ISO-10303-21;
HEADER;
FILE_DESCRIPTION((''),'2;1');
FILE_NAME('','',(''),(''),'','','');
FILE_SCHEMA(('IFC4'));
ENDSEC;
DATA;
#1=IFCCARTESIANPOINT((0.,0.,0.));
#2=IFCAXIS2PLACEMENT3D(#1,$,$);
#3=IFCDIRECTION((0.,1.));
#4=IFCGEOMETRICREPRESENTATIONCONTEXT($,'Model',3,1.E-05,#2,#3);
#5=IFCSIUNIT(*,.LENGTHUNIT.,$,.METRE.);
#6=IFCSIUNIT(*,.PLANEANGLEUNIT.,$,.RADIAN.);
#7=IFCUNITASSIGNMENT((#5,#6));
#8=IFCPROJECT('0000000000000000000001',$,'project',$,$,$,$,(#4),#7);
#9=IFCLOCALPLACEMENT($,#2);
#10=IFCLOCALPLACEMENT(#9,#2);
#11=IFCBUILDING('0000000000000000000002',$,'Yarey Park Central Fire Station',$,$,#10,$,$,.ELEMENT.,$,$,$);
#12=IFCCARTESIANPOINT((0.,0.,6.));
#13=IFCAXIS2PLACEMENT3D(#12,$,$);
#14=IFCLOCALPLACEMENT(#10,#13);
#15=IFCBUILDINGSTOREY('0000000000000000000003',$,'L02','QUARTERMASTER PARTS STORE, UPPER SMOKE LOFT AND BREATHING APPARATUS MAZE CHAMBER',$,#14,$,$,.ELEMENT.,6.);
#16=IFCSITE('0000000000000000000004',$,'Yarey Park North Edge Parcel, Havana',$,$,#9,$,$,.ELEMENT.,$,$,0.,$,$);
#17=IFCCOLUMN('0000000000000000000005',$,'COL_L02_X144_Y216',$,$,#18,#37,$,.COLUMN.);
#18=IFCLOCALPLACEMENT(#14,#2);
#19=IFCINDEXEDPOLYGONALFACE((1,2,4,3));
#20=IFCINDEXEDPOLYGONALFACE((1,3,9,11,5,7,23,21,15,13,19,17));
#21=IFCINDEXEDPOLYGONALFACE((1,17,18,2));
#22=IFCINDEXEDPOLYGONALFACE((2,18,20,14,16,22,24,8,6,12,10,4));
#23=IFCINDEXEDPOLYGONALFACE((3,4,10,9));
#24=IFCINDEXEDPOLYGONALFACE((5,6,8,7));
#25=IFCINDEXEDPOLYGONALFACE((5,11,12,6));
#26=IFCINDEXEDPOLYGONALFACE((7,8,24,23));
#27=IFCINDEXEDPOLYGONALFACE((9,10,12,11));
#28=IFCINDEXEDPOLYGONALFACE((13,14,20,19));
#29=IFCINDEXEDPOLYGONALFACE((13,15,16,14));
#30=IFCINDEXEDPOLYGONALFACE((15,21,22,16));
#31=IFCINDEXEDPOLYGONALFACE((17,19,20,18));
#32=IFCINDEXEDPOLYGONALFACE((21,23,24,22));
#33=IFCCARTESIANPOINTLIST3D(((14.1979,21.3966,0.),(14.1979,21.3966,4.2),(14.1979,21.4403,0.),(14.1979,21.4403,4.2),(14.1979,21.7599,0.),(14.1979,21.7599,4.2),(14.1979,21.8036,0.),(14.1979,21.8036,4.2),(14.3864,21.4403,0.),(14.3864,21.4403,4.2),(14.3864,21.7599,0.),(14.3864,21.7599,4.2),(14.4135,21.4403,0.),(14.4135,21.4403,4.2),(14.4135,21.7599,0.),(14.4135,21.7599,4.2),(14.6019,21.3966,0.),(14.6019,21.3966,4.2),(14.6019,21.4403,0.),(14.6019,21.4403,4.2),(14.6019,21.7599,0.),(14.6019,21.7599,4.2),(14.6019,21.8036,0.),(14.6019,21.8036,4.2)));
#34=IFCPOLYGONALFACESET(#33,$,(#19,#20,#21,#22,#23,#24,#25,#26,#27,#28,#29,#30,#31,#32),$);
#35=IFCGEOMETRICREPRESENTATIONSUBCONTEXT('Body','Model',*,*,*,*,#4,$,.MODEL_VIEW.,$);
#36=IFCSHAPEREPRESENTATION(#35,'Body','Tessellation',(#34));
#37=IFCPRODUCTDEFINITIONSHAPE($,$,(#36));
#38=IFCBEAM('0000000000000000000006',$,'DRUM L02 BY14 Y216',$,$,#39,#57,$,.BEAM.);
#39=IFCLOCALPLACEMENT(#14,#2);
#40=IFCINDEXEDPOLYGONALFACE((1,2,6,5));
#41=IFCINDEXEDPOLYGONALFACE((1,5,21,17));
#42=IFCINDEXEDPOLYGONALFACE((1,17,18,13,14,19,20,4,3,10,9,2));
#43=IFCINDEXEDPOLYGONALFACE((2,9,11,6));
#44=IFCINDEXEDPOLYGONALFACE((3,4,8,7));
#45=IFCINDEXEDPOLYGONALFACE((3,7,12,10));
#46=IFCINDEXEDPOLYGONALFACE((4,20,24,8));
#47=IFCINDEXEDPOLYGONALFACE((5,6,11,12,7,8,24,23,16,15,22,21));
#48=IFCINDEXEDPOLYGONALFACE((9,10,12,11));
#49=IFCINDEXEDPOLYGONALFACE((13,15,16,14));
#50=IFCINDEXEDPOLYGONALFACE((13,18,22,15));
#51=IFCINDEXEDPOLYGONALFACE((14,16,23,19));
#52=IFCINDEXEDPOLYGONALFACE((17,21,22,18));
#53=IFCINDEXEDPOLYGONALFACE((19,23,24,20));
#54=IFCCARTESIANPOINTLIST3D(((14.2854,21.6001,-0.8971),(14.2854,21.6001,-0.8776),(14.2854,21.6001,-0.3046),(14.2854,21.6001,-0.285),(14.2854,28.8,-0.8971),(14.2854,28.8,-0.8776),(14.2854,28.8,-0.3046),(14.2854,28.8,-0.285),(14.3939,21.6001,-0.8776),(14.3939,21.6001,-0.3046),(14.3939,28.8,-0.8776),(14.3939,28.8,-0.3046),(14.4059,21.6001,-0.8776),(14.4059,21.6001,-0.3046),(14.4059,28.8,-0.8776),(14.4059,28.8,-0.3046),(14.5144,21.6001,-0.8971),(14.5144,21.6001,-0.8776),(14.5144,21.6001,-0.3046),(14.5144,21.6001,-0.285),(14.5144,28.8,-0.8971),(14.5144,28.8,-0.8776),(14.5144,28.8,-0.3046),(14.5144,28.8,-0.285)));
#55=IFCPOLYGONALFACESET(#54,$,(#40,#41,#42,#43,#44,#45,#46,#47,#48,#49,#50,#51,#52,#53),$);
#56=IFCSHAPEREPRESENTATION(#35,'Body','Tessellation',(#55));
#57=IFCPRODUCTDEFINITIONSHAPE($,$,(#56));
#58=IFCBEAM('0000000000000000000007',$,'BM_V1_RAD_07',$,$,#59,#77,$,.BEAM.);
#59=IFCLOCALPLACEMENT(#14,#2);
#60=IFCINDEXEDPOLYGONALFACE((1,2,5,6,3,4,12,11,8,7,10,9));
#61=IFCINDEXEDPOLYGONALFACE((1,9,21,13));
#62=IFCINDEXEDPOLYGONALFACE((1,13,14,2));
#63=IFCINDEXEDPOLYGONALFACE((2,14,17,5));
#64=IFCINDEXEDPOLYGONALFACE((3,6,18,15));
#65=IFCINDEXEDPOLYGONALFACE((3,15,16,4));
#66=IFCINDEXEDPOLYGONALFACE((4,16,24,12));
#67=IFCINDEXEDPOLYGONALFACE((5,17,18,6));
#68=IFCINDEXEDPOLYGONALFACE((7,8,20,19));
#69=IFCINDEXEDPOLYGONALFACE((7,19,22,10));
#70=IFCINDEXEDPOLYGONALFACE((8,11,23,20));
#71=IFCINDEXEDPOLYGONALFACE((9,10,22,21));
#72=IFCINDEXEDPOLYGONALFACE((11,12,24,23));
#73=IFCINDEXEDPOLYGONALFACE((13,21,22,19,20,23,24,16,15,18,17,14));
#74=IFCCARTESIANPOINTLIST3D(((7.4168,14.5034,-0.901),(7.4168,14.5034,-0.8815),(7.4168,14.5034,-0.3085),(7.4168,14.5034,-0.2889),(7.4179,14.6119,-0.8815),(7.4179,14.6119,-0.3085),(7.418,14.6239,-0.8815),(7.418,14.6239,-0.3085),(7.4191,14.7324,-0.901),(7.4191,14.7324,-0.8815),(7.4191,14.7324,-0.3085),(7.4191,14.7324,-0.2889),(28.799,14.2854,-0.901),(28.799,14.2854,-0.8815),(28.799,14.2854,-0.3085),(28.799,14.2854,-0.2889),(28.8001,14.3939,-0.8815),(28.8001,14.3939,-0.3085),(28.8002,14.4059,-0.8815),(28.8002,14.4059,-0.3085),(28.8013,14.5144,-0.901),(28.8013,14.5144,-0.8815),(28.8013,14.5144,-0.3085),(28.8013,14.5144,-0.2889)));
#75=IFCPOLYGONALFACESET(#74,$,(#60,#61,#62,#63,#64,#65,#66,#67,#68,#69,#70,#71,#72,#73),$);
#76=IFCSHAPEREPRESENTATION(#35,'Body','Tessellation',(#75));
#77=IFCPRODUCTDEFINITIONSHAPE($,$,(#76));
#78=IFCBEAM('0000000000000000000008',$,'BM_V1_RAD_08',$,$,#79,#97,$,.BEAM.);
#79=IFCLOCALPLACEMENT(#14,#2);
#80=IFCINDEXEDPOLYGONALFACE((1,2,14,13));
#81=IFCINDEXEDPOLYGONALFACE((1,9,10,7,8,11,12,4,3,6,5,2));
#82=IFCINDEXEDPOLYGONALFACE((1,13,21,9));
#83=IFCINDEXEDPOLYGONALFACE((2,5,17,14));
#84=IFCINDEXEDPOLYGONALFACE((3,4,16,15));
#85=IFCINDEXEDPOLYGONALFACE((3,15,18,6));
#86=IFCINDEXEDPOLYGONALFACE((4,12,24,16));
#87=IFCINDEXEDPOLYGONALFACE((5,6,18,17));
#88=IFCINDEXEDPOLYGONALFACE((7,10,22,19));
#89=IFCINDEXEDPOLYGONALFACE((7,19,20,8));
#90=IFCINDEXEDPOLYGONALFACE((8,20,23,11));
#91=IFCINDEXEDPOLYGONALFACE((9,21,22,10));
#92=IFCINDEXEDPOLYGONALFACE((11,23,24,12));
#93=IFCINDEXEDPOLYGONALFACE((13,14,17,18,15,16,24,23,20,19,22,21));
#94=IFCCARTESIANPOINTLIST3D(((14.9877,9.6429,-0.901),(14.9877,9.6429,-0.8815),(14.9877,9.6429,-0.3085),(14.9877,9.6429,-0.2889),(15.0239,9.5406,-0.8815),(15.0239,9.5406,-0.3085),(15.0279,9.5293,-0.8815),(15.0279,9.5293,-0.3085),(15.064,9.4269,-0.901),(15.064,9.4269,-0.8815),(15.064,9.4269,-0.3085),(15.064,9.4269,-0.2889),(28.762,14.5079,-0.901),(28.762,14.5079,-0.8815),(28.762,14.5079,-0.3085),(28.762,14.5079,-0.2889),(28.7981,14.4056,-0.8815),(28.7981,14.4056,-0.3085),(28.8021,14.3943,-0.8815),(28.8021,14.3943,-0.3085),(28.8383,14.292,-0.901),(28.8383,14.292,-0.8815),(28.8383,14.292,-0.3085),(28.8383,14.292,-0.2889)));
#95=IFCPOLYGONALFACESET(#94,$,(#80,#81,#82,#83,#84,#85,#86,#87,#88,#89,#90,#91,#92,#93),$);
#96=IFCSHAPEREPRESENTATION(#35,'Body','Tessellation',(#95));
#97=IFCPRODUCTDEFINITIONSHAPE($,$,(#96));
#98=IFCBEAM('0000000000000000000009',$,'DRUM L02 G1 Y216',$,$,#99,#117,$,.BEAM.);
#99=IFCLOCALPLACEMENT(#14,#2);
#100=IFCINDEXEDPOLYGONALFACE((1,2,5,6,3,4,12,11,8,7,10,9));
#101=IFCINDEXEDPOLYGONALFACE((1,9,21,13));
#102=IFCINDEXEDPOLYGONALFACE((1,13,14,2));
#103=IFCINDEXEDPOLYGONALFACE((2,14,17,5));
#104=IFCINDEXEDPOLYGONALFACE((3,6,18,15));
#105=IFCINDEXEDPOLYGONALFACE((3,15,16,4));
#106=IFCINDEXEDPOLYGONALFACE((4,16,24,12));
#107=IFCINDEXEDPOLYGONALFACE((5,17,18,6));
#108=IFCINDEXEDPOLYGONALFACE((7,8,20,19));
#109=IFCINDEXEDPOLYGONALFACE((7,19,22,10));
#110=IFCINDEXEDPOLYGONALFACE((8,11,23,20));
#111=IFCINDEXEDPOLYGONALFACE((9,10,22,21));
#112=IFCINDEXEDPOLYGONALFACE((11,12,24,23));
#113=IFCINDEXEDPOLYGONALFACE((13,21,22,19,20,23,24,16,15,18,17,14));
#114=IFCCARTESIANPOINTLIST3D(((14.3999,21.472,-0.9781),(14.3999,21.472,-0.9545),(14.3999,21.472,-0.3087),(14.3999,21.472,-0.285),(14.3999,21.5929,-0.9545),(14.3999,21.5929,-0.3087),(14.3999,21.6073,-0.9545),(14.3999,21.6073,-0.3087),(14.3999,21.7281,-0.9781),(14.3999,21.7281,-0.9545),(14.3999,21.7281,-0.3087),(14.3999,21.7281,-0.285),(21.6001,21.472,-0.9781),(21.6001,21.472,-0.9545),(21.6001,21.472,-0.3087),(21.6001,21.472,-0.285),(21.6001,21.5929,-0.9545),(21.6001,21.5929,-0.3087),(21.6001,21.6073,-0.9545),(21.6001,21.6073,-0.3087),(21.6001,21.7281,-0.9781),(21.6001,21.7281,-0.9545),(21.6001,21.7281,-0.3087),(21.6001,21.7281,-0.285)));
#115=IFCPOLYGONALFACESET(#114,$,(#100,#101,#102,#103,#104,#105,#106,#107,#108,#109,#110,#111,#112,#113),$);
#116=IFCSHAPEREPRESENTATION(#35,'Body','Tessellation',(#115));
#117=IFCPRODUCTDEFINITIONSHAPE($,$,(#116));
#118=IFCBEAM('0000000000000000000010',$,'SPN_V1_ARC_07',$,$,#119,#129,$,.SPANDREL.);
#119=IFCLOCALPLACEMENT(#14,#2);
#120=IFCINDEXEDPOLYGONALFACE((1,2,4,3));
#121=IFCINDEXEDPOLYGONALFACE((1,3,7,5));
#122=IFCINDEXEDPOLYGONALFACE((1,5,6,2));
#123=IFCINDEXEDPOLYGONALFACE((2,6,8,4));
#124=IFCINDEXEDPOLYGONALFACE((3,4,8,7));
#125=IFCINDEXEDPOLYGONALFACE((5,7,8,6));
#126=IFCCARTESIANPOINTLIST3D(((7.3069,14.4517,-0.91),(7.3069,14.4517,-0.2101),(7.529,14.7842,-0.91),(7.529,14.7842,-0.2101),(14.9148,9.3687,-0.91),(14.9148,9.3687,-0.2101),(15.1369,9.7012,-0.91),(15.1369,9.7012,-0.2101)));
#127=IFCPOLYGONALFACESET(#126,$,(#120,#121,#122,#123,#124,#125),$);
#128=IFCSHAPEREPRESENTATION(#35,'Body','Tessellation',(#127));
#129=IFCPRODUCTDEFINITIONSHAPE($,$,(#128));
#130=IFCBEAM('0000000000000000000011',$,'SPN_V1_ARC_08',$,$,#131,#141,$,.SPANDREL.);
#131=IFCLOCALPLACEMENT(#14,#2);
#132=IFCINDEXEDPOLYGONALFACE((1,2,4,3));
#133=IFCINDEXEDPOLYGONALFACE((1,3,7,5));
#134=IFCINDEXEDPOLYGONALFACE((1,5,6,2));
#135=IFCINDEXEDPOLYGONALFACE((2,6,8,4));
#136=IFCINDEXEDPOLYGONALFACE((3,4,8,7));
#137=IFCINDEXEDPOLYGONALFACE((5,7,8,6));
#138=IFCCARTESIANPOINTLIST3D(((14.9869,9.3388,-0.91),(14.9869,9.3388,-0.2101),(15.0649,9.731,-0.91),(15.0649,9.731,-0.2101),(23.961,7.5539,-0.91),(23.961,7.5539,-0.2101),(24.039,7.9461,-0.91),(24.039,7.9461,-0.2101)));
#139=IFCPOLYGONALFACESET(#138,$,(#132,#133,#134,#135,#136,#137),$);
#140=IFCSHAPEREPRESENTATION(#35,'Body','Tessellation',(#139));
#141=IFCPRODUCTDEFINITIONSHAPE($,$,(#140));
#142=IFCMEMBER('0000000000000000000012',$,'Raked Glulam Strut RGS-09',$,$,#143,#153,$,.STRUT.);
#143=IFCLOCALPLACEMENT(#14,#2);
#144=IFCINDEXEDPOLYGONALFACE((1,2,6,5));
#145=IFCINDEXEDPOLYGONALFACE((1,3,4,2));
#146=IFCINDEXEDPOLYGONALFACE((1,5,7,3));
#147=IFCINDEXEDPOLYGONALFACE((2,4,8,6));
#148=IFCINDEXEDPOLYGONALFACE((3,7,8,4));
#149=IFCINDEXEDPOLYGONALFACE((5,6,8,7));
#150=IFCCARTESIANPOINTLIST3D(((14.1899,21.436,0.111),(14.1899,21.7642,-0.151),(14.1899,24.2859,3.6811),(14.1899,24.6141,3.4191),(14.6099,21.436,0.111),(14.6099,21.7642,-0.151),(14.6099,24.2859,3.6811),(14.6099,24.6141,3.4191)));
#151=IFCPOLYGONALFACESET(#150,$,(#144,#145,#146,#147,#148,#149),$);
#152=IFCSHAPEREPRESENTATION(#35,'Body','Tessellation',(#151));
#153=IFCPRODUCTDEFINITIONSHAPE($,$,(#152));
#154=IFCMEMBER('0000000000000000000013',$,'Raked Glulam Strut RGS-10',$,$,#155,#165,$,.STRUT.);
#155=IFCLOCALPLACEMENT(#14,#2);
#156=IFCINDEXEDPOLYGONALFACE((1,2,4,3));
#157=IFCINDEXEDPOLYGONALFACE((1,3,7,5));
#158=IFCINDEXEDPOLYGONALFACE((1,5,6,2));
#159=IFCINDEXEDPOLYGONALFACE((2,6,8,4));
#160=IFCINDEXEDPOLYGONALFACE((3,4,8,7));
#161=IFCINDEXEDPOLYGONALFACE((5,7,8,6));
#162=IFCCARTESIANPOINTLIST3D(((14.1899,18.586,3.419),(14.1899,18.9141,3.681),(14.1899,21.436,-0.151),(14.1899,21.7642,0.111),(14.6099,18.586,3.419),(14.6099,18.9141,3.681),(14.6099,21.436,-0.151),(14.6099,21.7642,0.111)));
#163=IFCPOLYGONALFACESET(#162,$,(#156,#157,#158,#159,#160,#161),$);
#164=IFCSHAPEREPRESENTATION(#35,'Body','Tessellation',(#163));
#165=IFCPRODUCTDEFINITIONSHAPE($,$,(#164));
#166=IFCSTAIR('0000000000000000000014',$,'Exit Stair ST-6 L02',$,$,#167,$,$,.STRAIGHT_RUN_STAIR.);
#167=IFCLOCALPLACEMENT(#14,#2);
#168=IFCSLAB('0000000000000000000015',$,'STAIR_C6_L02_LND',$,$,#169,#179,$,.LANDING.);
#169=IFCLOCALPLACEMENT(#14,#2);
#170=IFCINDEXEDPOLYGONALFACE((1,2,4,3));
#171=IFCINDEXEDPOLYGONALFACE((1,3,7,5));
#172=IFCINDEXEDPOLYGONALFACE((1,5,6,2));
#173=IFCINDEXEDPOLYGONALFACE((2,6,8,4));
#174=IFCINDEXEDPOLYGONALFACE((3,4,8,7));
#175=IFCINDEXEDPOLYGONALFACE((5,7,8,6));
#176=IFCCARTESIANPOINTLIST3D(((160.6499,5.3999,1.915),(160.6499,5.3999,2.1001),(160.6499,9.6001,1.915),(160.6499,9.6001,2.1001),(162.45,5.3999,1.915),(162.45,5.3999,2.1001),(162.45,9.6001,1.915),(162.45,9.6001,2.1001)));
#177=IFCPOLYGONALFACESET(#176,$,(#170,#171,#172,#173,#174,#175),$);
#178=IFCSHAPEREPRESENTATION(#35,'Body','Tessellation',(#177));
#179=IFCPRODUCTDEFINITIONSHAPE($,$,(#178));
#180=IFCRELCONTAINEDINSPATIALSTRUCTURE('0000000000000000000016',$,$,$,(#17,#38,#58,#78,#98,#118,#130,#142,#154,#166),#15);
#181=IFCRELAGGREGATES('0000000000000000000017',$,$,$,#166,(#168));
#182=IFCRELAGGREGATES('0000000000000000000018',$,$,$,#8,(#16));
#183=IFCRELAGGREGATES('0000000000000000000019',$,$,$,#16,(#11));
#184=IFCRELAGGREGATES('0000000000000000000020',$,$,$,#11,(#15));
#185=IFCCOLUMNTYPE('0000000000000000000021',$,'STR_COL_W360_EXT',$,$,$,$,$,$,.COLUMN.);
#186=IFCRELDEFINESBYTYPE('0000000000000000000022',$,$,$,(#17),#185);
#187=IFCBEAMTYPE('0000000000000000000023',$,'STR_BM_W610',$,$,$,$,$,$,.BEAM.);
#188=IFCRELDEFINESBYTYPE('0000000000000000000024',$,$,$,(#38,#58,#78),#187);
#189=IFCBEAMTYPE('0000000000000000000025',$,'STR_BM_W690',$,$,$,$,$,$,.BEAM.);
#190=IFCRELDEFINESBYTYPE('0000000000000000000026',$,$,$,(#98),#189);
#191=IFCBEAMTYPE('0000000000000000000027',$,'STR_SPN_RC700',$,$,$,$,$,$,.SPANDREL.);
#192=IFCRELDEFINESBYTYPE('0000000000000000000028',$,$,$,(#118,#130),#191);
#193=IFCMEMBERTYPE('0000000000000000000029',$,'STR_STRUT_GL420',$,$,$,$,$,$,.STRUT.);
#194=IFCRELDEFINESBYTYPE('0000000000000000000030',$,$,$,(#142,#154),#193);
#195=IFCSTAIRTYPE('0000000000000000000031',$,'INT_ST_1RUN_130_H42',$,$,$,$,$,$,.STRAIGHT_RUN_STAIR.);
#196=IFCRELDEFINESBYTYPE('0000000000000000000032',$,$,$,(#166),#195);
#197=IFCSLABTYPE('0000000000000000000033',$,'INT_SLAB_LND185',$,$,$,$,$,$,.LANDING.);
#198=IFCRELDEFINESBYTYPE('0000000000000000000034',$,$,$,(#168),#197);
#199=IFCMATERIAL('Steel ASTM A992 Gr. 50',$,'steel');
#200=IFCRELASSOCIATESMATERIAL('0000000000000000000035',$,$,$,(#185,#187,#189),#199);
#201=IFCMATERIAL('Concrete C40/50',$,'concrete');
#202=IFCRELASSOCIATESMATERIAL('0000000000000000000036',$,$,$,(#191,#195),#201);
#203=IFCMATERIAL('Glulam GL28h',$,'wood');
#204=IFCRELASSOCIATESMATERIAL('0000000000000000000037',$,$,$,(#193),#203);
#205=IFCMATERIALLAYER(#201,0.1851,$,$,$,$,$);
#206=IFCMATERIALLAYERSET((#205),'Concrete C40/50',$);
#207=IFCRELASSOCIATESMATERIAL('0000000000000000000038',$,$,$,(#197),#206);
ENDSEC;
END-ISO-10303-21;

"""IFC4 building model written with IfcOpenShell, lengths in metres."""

from ifc_helpers import new_model, si_unit, direction, frame, origin, origin_2d, place, context, subcontext, project, spatial, polyline, rectangle, i_section, outline, extrude, material, layer, layer_set, material_profile, profile_set, type_object, element, aggregate, save


model = new_model("IFC4")

# Units and contexts
model_context = context("Model", 3, precision=1e-05, world=origin(), true_north=direction((0.0, 1.0)))
body_context = subcontext(model_context, "Body", "Model", "MODEL_VIEW")
ifc_project = project(units=[si_unit("LENGTHUNIT", "METRE"), si_unit("PLANEANGLEUNIT", "RADIAN")], contexts=[model_context])

# Site, building, storey
site_placement = place(None, origin())
site = spatial("IfcSite", under=ifc_project, at=site_placement, Name="Yarey Park North Edge Parcel, Havana", CompositionType="ELEMENT", RefElevation=0.0)
building_placement = place(site_placement, origin())
building = spatial("IfcBuilding", under=site, at=building_placement, Name="Yarey Park Central Fire Station", CompositionType="ELEMENT")
storey_placement = place(building_placement, frame((0.0, 0.0, 6.0)))
storey = spatial("IfcBuildingStorey", under=building, at=storey_placement, Name="L02", Description="QUARTERMASTER PARTS STORE, UPPER SMOKE LOFT AND BREATHING APPARATUS MAZE CHAMBER", CompositionType="ELEMENT", Elevation=6.0)

# Column
ifc_material_1 = material(Name="Steel ASTM A992 Gr. 50", Category="steel")
ifc_material_profile_1 = material_profile(ifc_material_1, i_section(OverallWidth=0.4041, OverallDepth=0.407, WebThickness=0.0271, FlangeThickness=0.0437, at=origin_2d()), Name="W360x347")
ifc_profile_set_1 = profile_set([ifc_material_profile_1], Name="Steel ASTM A992 Gr. 50")
column_type = type_object("IfcColumnType", Name="STR_COL_W360_EXT", PredefinedType="COLUMN", material=ifc_profile_set_1)
column_placement = place(storey_placement, frame((14.3999, 21.6001, 0.0), z_axis=(0.0, 0.0, 1.0), x_axis=(1.0, 0.0, 0.0)))
element("IfcColumn", 1, at=column_placement, inside=storey, type_object=column_type, Name="COL_L02_X144_Y216", PredefinedType="COLUMN", context=body_context, shape_type="SweptSolid", body=[
    extrude(i_section(OverallWidth=0.4041, OverallDepth=0.407, WebThickness=0.0271, FlangeThickness=0.0437, at=origin_2d()), origin(), (0.0, 0.0, 1.0), 4.2),
])

# Beams
ifc_material_profile_2 = material_profile(ifc_material_1, i_section(OverallWidth=0.229, OverallDepth=0.6121, WebThickness=0.012, FlangeThickness=0.0195, at=origin_2d()), Name="W610x125")
ifc_profile_set_2 = profile_set([ifc_material_profile_2], Name="Steel ASTM A992 Gr. 50")
beam_type_1 = type_object("IfcBeamType", Name="STR_BM_W610", PredefinedType="BEAM", material=ifc_profile_set_2)
beam_1_placement = place(storey_placement, frame((14.3999, 21.6001, -0.5911), z_axis=(0.0, 1.0, 0.0), x_axis=(-1.0, 0.0, 0.0)))
element("IfcBeam", 2, at=beam_1_placement, inside=storey, type_object=beam_type_1, Name="DRUM L02 BY14 Y216", PredefinedType="BEAM", context=body_context, shape_type="SweptSolid", body=[
    extrude(i_section(OverallWidth=0.229, OverallDepth=0.6121, WebThickness=0.012, FlangeThickness=0.0195, at=origin_2d()), origin(), (0.0, 0.0, 1.0), 7.2),
])
beam_2_placement = place(storey_placement, frame((7.418, 14.6179, -0.595), z_axis=(0.999948, -0.010196, 0.0), x_axis=(0.010196, 0.999948, 0.0)))
element("IfcBeam", 3, at=beam_2_placement, inside=storey, type_object=beam_type_1, Name="BM_V1_RAD_07", PredefinedType="BEAM", context=body_context, shape_type="SweptSolid", body=[
    extrude(i_section(OverallWidth=0.229, OverallDepth=0.6121, WebThickness=0.012, FlangeThickness=0.0195, at=origin_2d()), origin(), (0.0, 0.0, 1.0), 21.3833),
])
beam_3_placement = place(storey_placement, frame((15.0259, 9.5349, -0.595), z_axis=(0.942915, 0.333034, 0.0), x_axis=(-0.333034, 0.942915, 0.0)))
element("IfcBeam", 4, at=beam_3_placement, inside=storey, type_object=beam_type_1, Name="BM_V1_RAD_08", PredefinedType="BEAM", context=body_context, shape_type="SweptSolid", body=[
    extrude(i_section(OverallWidth=0.229, OverallDepth=0.6121, WebThickness=0.012, FlangeThickness=0.0195, at=origin_2d()), origin(), (0.0, 0.0, 1.0), 14.6082),
])
ifc_material_profile_3 = material_profile(ifc_material_1, i_section(OverallWidth=0.2561, OverallDepth=0.6931, WebThickness=0.0144, FlangeThickness=0.0237, at=origin_2d()), Name="W690x170")
ifc_profile_set_3 = profile_set([ifc_material_profile_3], Name="Steel ASTM A992 Gr. 50")
beam_type_2 = type_object("IfcBeamType", Name="STR_BM_W690", PredefinedType="BEAM", material=ifc_profile_set_3)
beam_4_placement = place(storey_placement, frame((14.3999, 21.6001, -0.6316), z_axis=(1.0, 0.0, 0.0), x_axis=(0.0, 1.0, 0.0)))
element("IfcBeam", 5, at=beam_4_placement, inside=storey, type_object=beam_type_2, Name="DRUM L02 G1 Y216", PredefinedType="BEAM", context=body_context, shape_type="SweptSolid", body=[
    extrude(i_section(OverallWidth=0.2561, OverallDepth=0.6931, WebThickness=0.0144, FlangeThickness=0.0237, at=origin_2d()), origin(), (0.0, 0.0, 1.0), 7.2002),
])
ifc_material_2 = material(Name="Concrete C40/50", Category="concrete")
ifc_material_profile_4 = material_profile(ifc_material_2, rectangle(XDim=0.3999, YDim=0.7, at=origin_2d()), Name="RC 400x700")
ifc_profile_set_4 = profile_set([ifc_material_profile_4], Name="Concrete C40/50")
beam_type_3 = type_object("IfcBeamType", Name="STR_SPN_RC700", PredefinedType="SPANDREL", material=ifc_profile_set_4)
beam_5_placement = place(storey_placement, frame((7.418, 14.6179, -0.5601), z_axis=(0.831492, -0.555537, 0.0), x_axis=(0.555537, 0.831492, 0.0)))
element("IfcBeam", 6, at=beam_5_placement, inside=storey, type_object=beam_type_3, Name="SPN_V1_ARC_07", PredefinedType="SPANDREL", context=body_context, shape_type="SweptSolid", body=[
    extrude(rectangle(XDim=0.3999, YDim=0.7, at=origin_2d()), origin(), (0.0, 0.0, 1.0), 9.1497),
])
beam_6_placement = place(storey_placement, frame((15.0259, 9.5349, -0.5601), z_axis=(0.980788, -0.195074, 0.0), x_axis=(0.195074, 0.980788, 0.0)))
element("IfcBeam", 7, at=beam_6_placement, inside=storey, type_object=beam_type_3, Name="SPN_V1_ARC_08", PredefinedType="SPANDREL", context=body_context, shape_type="SweptSolid", body=[
    extrude(rectangle(XDim=0.3999, YDim=0.7, at=origin_2d()), origin(), (0.0, 0.0, 1.0), 9.1499),
])

# Members
ifc_material_3 = material(Name="Glulam GL28h", Category="wood")
ifc_material_profile_5 = material_profile(ifc_material_3, rectangle(XDim=0.4199, YDim=0.4199, at=origin_2d()), Name="GL 420x420")
ifc_profile_set_5 = profile_set([ifc_material_profile_5], Name="Glulam GL28h")
member_type = type_object("IfcMemberType", Name="STR_STRUT_GL420", PredefinedType="STRUT", material=ifc_profile_set_5)
for number, where, z_axis, x_axis, name in (
    (8, (14.3999, 21.6001, -0.02), (0.0, 0.623867, 0.781531), (-1.0, 0.0, 0.0), "Raked Glulam Strut RGS-09"),
    (9, (14.3999, 21.6001, -0.02), (0.0, -0.6239, 0.781505), (1.0, 0.0, 0.0), "Raked Glulam Strut RGS-10"),
):
    element("IfcMember", number, at=place(storey_placement, frame(where, z_axis=z_axis, x_axis=x_axis)), inside=storey, type_object=member_type, Name=name, PredefinedType="STRUT", context=body_context, shape_type="SweptSolid", body=[
        extrude(rectangle(XDim=0.4199, YDim=0.4199, at=origin_2d()), origin(), (0.0, 0.0, 1.0), 4.5681),
    ])

# Stair, slab
stair_type_1 = type_object("IfcStairType", Name="INT_ST_1RUN_130_H42", PredefinedType="STRAIGHT_RUN_STAIR", material=ifc_material_2)
stair_1_placement = place(storey_placement, origin())
stair_1 = element("IfcStair", 10, at=stair_1_placement, inside=storey, type_object=stair_type_1, Name="Exit Stair ST-6 L02", PredefinedType="STRAIGHT_RUN_STAIR")
ifc_layer_1 = layer(ifc_material_2, 0.1851)
ifc_layer_set_1 = layer_set([ifc_layer_1], Name="Concrete C40/50")
slab_type_1 = type_object("IfcSlabType", Name="INT_SLAB_LND185", PredefinedType="LANDING", material=ifc_layer_set_1)
slab_1_placement = place(storey_placement, frame((0.0, 0.0, 1.915)))
slab_1 = element("IfcSlab", 11, at=slab_1_placement, type_object=slab_type_1, Name="STAIR_C6_L02_LND", PredefinedType="LANDING", context=body_context, shape_type="SweptSolid", body=[
    extrude(outline(polyline([(160.6499, 5.3999), (162.45, 5.3999), (162.45, 9.6001), (160.6499, 9.6001), (160.6499, 5.3999)])), origin(), (0.0, 0.0, 1.0), 0.1851),
])
aggregate(stair_1, [slab_1])

save(model, "model.ifc")
